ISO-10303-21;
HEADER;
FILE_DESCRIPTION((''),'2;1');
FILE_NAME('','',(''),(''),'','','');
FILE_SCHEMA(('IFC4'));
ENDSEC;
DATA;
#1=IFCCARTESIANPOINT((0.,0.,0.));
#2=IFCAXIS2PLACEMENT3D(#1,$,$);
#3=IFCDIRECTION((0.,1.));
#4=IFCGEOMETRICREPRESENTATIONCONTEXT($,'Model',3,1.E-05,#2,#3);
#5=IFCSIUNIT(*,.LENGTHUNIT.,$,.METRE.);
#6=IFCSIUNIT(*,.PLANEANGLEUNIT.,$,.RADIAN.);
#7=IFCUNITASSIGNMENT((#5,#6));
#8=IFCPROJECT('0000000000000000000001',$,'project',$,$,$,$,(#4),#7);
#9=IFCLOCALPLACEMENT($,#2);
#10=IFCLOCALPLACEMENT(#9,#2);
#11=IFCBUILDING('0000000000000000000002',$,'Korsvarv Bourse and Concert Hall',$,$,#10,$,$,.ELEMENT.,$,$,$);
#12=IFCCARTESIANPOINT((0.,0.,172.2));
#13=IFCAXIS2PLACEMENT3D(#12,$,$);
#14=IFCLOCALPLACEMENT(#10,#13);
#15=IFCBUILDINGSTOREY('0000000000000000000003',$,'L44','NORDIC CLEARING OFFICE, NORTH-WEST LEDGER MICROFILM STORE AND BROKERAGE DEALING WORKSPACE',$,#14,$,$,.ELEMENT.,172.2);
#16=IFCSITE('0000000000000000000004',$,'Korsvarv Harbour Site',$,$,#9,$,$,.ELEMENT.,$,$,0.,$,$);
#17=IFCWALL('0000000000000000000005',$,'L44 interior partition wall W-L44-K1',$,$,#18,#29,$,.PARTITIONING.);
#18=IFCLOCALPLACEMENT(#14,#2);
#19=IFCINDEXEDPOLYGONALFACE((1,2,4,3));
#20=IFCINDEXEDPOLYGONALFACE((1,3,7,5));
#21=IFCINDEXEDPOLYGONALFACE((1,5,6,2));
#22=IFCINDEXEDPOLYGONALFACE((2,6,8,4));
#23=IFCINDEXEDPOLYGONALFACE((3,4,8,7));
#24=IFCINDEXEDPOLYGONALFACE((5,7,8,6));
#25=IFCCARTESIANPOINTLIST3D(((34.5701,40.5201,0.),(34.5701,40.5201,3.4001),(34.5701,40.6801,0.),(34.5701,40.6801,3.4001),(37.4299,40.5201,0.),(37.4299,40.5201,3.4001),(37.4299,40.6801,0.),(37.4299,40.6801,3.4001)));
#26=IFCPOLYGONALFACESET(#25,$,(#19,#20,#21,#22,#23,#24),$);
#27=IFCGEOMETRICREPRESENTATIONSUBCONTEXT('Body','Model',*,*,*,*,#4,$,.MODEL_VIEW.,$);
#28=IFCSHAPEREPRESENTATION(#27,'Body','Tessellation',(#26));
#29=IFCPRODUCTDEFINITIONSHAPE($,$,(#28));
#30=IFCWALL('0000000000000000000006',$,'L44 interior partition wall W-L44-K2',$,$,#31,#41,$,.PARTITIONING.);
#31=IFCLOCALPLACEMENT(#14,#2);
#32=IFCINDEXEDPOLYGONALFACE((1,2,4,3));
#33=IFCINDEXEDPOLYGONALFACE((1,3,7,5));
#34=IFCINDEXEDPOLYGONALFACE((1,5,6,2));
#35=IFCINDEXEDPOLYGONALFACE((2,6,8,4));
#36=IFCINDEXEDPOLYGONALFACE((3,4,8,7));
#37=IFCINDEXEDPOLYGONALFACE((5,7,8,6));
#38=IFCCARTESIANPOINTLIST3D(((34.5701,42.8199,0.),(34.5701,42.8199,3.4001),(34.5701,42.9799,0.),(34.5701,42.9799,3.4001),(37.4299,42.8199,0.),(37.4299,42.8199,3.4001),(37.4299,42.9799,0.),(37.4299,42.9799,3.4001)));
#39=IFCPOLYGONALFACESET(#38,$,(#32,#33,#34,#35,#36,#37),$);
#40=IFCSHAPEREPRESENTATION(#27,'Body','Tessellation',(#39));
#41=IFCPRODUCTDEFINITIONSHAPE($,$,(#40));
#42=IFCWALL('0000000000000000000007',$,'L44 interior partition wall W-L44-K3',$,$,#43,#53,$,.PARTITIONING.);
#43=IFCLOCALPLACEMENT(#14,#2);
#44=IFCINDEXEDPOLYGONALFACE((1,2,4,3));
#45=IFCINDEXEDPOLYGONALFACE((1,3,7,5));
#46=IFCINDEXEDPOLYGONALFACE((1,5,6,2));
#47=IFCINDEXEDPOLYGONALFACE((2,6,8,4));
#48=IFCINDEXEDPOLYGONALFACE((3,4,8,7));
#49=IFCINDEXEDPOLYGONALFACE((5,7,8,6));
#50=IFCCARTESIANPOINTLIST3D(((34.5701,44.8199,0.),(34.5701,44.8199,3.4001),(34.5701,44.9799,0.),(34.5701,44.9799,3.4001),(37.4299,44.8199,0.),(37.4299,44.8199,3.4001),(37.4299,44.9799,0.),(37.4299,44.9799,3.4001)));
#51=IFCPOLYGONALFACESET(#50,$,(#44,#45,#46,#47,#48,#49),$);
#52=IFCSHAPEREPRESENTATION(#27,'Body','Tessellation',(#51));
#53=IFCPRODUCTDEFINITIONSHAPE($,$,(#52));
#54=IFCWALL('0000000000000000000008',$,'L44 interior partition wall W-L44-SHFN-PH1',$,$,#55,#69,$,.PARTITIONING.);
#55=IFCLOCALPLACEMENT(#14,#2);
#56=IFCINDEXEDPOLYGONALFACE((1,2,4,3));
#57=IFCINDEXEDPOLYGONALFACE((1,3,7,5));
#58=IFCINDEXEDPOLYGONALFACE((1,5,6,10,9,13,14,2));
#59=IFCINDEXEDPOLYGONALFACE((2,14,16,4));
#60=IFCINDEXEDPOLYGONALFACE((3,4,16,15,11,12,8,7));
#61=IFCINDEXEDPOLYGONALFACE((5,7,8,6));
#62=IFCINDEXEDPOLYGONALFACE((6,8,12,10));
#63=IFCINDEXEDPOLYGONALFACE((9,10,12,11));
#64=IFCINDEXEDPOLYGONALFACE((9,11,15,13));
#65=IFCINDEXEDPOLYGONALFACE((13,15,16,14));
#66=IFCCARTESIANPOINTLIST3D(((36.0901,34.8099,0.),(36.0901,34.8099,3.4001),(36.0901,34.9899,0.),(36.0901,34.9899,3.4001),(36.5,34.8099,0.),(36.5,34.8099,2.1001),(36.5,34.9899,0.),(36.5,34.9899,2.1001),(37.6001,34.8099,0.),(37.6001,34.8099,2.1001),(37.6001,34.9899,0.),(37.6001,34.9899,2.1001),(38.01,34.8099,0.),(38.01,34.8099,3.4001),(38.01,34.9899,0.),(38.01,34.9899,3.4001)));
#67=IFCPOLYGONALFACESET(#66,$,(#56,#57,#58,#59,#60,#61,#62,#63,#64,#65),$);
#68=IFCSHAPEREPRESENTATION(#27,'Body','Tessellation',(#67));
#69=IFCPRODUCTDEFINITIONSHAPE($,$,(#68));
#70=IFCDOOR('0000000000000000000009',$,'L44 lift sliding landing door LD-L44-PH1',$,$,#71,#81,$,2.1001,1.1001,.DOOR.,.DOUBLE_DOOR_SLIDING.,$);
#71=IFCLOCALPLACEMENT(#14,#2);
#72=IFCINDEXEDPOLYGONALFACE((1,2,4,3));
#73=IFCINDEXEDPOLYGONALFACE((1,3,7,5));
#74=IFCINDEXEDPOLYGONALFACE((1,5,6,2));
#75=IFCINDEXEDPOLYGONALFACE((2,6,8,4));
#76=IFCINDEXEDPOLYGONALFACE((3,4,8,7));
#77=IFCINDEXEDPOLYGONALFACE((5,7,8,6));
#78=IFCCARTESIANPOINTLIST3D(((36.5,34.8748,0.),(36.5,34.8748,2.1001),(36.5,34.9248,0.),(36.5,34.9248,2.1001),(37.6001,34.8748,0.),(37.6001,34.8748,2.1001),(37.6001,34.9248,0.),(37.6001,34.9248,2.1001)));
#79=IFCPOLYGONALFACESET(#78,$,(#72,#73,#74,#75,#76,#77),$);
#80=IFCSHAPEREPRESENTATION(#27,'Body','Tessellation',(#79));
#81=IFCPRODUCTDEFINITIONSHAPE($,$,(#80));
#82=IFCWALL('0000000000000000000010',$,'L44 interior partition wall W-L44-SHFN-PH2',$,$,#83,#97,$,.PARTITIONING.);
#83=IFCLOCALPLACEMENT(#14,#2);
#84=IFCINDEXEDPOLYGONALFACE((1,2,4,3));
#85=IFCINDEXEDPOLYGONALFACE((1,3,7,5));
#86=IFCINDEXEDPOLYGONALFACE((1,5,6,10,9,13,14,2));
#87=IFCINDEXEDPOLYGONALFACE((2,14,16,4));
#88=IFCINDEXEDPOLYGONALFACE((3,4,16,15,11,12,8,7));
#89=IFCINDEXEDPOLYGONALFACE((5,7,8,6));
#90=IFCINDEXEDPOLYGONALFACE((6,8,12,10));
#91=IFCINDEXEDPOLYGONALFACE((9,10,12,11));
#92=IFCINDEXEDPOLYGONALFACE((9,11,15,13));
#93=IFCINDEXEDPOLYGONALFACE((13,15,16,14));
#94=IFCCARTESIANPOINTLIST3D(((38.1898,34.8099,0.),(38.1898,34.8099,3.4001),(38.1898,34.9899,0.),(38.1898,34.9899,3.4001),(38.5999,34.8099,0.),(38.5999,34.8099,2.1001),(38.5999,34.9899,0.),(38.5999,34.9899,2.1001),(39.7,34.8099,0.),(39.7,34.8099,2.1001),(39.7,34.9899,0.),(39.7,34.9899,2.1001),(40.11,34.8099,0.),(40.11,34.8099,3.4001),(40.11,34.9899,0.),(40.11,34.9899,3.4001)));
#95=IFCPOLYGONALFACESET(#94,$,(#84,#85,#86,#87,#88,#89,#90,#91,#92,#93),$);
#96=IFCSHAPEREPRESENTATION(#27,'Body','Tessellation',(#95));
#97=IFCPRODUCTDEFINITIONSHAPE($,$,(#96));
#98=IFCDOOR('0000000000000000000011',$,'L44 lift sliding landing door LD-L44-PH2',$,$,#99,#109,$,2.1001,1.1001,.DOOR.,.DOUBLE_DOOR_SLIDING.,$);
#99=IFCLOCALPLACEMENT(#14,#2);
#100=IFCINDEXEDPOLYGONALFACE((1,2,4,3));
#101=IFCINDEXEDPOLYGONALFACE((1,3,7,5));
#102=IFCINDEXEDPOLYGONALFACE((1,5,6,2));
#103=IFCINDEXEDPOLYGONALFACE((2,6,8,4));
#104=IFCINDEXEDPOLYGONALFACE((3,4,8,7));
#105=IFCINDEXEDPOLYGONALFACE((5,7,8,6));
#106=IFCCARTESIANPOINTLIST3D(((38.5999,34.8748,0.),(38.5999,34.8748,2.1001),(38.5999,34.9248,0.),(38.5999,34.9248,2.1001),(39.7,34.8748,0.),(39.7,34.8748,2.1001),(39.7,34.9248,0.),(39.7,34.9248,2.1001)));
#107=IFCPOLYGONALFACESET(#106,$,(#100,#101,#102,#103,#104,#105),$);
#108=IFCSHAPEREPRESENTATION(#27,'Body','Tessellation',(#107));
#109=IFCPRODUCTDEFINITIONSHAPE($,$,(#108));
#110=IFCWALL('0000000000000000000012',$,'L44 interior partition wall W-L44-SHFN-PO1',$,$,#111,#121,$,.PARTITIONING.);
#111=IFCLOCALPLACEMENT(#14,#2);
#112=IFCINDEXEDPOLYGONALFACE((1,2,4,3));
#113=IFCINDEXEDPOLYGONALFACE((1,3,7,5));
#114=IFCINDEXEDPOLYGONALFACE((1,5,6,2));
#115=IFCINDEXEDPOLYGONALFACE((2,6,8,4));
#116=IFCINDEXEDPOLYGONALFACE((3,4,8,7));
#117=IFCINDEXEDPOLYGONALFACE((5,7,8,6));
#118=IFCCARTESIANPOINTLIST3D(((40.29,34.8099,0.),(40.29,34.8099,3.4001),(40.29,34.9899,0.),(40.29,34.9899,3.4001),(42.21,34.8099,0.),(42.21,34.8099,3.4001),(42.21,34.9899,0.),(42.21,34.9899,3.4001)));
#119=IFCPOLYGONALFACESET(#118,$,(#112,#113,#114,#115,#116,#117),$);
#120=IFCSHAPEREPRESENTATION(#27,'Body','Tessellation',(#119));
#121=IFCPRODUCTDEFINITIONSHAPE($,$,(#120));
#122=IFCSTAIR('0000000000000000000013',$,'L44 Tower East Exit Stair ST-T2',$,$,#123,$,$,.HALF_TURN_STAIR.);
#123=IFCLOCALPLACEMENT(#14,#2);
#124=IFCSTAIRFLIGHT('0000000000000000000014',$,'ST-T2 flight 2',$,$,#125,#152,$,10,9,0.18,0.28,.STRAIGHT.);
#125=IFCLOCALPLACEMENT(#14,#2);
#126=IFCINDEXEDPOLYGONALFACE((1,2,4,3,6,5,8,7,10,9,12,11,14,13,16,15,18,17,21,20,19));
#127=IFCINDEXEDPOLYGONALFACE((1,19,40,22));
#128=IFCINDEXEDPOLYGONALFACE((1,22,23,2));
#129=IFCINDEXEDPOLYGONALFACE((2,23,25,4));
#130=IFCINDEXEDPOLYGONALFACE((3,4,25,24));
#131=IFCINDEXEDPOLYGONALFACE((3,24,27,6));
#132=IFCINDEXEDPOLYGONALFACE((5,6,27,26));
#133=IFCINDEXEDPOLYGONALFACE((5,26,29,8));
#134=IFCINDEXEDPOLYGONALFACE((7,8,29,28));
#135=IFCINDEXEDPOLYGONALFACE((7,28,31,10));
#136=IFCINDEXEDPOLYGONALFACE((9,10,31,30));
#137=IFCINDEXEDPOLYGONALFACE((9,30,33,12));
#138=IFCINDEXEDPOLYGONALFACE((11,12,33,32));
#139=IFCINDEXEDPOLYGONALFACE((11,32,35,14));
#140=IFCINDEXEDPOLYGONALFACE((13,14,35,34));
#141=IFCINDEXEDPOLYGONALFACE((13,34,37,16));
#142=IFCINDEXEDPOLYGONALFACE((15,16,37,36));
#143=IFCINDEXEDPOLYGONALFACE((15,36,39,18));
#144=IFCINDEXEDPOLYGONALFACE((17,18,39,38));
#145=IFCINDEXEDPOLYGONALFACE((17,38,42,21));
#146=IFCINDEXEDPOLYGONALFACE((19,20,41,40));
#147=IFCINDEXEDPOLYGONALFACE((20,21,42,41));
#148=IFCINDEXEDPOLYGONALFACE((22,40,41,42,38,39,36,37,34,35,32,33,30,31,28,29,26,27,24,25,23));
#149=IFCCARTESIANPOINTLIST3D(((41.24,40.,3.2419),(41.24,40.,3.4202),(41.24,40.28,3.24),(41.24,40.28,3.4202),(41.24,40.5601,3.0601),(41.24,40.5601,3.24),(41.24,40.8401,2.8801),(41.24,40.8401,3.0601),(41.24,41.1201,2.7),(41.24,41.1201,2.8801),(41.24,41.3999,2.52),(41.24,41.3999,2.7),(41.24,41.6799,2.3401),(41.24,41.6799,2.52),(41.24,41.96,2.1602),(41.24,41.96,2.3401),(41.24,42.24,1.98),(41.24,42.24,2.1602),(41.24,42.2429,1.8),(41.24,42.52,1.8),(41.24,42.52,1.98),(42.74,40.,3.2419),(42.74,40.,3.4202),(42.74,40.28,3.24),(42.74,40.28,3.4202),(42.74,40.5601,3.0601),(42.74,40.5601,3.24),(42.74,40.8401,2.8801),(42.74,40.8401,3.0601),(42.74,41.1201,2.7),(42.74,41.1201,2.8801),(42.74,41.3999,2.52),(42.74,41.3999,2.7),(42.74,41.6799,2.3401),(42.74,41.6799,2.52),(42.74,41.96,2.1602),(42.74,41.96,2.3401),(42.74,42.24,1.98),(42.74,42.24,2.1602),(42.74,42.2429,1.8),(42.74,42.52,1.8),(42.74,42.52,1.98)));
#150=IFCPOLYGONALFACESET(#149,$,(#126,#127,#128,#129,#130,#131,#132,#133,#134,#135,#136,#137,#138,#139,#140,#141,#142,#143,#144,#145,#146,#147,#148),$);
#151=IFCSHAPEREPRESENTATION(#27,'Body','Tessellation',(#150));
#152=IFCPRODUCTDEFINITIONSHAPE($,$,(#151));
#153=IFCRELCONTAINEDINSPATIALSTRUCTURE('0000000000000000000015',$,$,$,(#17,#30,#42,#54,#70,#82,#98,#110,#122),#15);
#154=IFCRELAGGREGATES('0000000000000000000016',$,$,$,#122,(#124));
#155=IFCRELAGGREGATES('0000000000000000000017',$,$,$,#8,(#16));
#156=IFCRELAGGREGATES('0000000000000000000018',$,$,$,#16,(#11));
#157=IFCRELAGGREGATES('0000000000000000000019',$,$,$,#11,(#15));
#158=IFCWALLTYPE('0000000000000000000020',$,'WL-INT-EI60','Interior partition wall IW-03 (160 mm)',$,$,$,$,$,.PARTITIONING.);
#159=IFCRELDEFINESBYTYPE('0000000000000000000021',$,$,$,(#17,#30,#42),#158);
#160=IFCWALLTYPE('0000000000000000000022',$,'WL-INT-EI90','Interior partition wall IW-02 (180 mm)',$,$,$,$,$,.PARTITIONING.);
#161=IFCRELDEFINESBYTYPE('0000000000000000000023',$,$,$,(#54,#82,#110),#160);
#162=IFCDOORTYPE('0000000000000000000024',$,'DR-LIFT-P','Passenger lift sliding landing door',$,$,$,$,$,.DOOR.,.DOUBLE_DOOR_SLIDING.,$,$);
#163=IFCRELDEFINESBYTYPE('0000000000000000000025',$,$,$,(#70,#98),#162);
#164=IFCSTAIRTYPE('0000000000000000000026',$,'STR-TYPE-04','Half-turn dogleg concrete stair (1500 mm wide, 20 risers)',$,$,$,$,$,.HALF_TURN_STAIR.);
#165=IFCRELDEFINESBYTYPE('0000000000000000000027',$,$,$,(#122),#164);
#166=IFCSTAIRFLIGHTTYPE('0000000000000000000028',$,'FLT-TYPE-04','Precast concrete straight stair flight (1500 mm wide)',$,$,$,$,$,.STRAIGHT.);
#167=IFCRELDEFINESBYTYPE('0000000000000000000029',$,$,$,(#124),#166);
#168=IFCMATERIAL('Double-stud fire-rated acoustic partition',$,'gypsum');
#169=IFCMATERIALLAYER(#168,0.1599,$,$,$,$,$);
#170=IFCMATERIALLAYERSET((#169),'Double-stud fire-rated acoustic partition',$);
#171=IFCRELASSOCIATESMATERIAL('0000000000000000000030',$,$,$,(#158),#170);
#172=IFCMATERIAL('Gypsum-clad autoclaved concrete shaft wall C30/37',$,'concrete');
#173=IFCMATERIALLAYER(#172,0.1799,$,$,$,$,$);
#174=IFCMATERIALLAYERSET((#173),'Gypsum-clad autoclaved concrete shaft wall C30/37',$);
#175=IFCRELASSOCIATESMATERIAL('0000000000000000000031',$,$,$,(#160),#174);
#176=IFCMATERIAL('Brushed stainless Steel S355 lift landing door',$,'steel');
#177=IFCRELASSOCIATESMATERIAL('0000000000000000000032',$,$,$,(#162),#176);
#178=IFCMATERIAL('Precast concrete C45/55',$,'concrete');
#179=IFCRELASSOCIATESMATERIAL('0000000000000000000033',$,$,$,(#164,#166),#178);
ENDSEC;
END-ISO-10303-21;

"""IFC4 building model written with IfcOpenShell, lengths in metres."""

from ifc_helpers import new_model, si_unit, direction, frame, frame_2d, origin, place, context, subcontext, project, spatial, polyline, rectangle, outline, extrude, material, layer, layer_set, type_object, element, fill, aggregate, save


model = new_model("IFC4")

# Units and contexts
model_context = context("Model", 3, precision=1e-05, world=origin(), true_north=direction((0.0, 1.0)))
body_context = subcontext(model_context, "Body", "Model", "MODEL_VIEW")
ifc_project = project(units=[si_unit("LENGTHUNIT", "METRE"), si_unit("PLANEANGLEUNIT", "RADIAN")], contexts=[model_context])

# Site, building, storey
site_placement = place(None, origin())
site = spatial("IfcSite", under=ifc_project, at=site_placement, Name="Korsvarv Harbour Site", CompositionType="ELEMENT", RefElevation=0.0)
building_placement = place(site_placement, origin())
building = spatial("IfcBuilding", under=site, at=building_placement, Name="Korsvarv Bourse and Concert Hall", CompositionType="ELEMENT")
storey_placement = place(building_placement, frame((0.0, 0.0, 172.2)))
storey = spatial("IfcBuildingStorey", under=building, at=storey_placement, Name="L44", Description="NORDIC CLEARING OFFICE, NORTH-WEST LEDGER MICROFILM STORE AND BROKERAGE DEALING WORKSPACE", CompositionType="ELEMENT", Elevation=172.2)

# Walls
ifc_material_1 = material(Name="Double-stud fire-rated acoustic partition", Category="gypsum")
ifc_layer_1 = layer(ifc_material_1, 0.1599)
ifc_layer_set_1 = layer_set([ifc_layer_1], Name="Double-stud fire-rated acoustic partition")
wall_type_1 = type_object("IfcWallType", Name="WL-INT-EI60", Description="Interior partition wall IW-03 (160 mm)", PredefinedType="PARTITIONING", material=ifc_layer_set_1)
for number, where, z_axis, x_axis, name in (
    (1, (34.5701, 40.6001, 0.0), (0.0, 0.0, 1.0), (1.0, 0.0, 0.0), "L44 interior partition wall W-L44-K1"),
    (2, (34.5701, 42.8999, 0.0), (0.0, 0.0, 1.0), (1.0, 0.0, 0.0), "L44 interior partition wall W-L44-K2"),
    (3, (34.5701, 44.8999, 0.0), (0.0, 0.0, 1.0), (1.0, 0.0, 0.0), "L44 interior partition wall W-L44-K3"),
):
    element("IfcWall", number, at=place(storey_placement, frame(where, z_axis=z_axis, x_axis=x_axis)), inside=storey, type_object=wall_type_1, Name=name, PredefinedType="PARTITIONING", context=body_context, shape_type="SweptSolid", body=[
        extrude(rectangle(XDim=2.8599, YDim=0.1599, at=frame_2d((1.4299, 0.0))), origin(), (0.0, 0.0, 1.0), 3.4001),
    ])

# Walls, openings, doors
ifc_material_2 = material(Name="Gypsum-clad autoclaved concrete shaft wall C30/37", Category="concrete")
ifc_layer_2 = layer(ifc_material_2, 0.1799)
ifc_layer_set_2 = layer_set([ifc_layer_2], Name="Gypsum-clad autoclaved concrete shaft wall C30/37")
wall_type_2 = type_object("IfcWallType", Name="WL-INT-EI90", Description="Interior partition wall IW-02 (180 mm)", PredefinedType="PARTITIONING", material=ifc_layer_set_2)
wall_1_placement = place(storey_placement, frame((36.0901, 34.8999, 0.0), z_axis=(0.0, 0.0, 1.0), x_axis=(1.0, 0.0, 0.0)))
wall_1 = element("IfcWall", 4, at=wall_1_placement, inside=storey, type_object=wall_type_2, Name="L44 interior partition wall W-L44-SHFN-PH1", PredefinedType="PARTITIONING", context=body_context, shape_type="SweptSolid", body=[
    extrude(rectangle(XDim=1.9199, YDim=0.1799, at=frame_2d((0.96, 0.0))), origin(), (0.0, 0.0, 1.0), 3.4001),
])
opening_1_placement = place(wall_1_placement, frame((0.4099, 0.0, 0.0)))
opening_1 = element("IfcOpeningElement", 5, at=opening_1_placement, cuts=wall_1, PredefinedType="OPENING", context=body_context, shape_type="SweptSolid", body=[
    extrude(rectangle(XDim=1.1001, YDim=2.1001, at=frame_2d((0.55, 1.05))), frame((0.0, 0.1001, 0.0), z_axis=(0.0, -1.0, 0.0), x_axis=(1.0, 0.0, 0.0)), (0.0, 0.0, 1.0), 0.2),
])
ifc_material_3 = material(Name="Brushed stainless Steel S355 lift landing door", Category="steel")
door_type_1 = type_object("IfcDoorType", Name="DR-LIFT-P", Description="Passenger lift sliding landing door", OperationType="DOUBLE_DOOR_SLIDING", PredefinedType="DOOR", material=ifc_material_3)
door_1_placement = place(opening_1_placement, origin())
door_1 = element("IfcDoor", 6, at=door_1_placement, inside=storey, type_object=door_type_1, Name="L44 lift sliding landing door LD-L44-PH1", OperationType="DOUBLE_DOOR_SLIDING", OverallHeight=2.1001, OverallWidth=1.1001, PredefinedType="DOOR", context=body_context, shape_type="SweptSolid", body=[
    extrude(rectangle(XDim=1.1001, YDim=2.1001, at=frame_2d((0.55, 1.05))), frame((0.0, 0.0249, 0.0), z_axis=(0.0, -1.0, 0.0), x_axis=(1.0, 0.0, 0.0)), (0.0, 0.0, 1.0), 0.05),
])
fill(opening_1, door_1)
wall_2_placement = place(storey_placement, frame((38.1899, 34.8999, 0.0), z_axis=(0.0, 0.0, 1.0), x_axis=(1.0, 0.0, 0.0)))
wall_2 = element("IfcWall", 7, at=wall_2_placement, inside=storey, type_object=wall_type_2, Name="L44 interior partition wall W-L44-SHFN-PH2", PredefinedType="PARTITIONING", context=body_context, shape_type="SweptSolid", body=[
    extrude(rectangle(XDim=1.9202, YDim=0.1799, at=frame_2d((0.96, 0.0))), origin(), (0.0, 0.0, 1.0), 3.4001),
])
opening_2_placement = place(wall_2_placement, frame((0.4099, 0.0, 0.0)))
opening_2 = element("IfcOpeningElement", 8, at=opening_2_placement, cuts=wall_2, PredefinedType="OPENING", context=body_context, shape_type="SweptSolid", body=[
    extrude(rectangle(XDim=1.1001, YDim=2.1001, at=frame_2d((0.55, 1.05))), frame((0.0, 0.1001, 0.0), z_axis=(0.0, -1.0, 0.0), x_axis=(1.0, 0.0, 0.0)), (0.0, 0.0, 1.0), 0.2),
])
door_2_placement = place(opening_2_placement, origin())
door_2 = element("IfcDoor", 9, at=door_2_placement, inside=storey, type_object=door_type_1, Name="L44 lift sliding landing door LD-L44-PH2", OperationType="DOUBLE_DOOR_SLIDING", OverallHeight=2.1001, OverallWidth=1.1001, PredefinedType="DOOR", context=body_context, shape_type="SweptSolid", body=[
    extrude(rectangle(XDim=1.1001, YDim=2.1001, at=frame_2d((0.55, 1.05))), frame((0.0, 0.0249, 0.0), z_axis=(0.0, -1.0, 0.0), x_axis=(1.0, 0.0, 0.0)), (0.0, 0.0, 1.0), 0.05),
])
fill(opening_2, door_2)

# Wall
wall_3_placement = place(storey_placement, frame((40.29, 34.8999, 0.0), z_axis=(0.0, 0.0, 1.0), x_axis=(1.0, 0.0, 0.0)))
element("IfcWall", 10, at=wall_3_placement, inside=storey, type_object=wall_type_2, Name="L44 interior partition wall W-L44-SHFN-PO1", PredefinedType="PARTITIONING", context=body_context, shape_type="SweptSolid", body=[
    extrude(rectangle(XDim=1.9199, YDim=0.1799, at=frame_2d((0.96, 0.0))), origin(), (0.0, 0.0, 1.0), 3.4001),
])

# Stair, stair flight
ifc_material_4 = material(Name="Precast concrete C45/55", Category="concrete")
stair_type = type_object("IfcStairType", Name="STR-TYPE-04", Description="Half-turn dogleg concrete stair (1500 mm wide, 20 risers)", PredefinedType="HALF_TURN_STAIR", material=ifc_material_4)
stair_placement = place(storey_placement, origin())
stair = element("IfcStair", 11, at=stair_placement, inside=storey, type_object=stair_type, Name="L44 Tower East Exit Stair ST-T2", PredefinedType="HALF_TURN_STAIR")
stair_flight_type = type_object("IfcStairFlightType", Name="FLT-TYPE-04", Description="Precast concrete straight stair flight (1500 mm wide)", PredefinedType="STRAIGHT", material=ifc_material_4)
stair_flight_placement = place(storey_placement, frame((41.99, 42.52, 1.8), z_axis=(0.0, 0.0, 1.0), x_axis=(0.0, -1.0, 0.0)))
stair_flight = element("IfcStairFlight", 12, at=stair_flight_placement, type_object=stair_flight_type, Name="ST-T2 flight 2", NumberOfRisers=10, NumberOfTreads=9, PredefinedType="STRAIGHT", RiserHeight=0.18, TreadLength=0.28, context=body_context, shape_type="SweptSolid", body=[
    extrude(outline(polyline([(0.0, 0.0), (0.0, 0.1799), (0.28, 0.1799), (0.28, 0.3601), (0.5601, 0.3601), (0.5601, 0.54), (0.8401, 0.54), (0.8401, 0.72), (1.1201, 0.72), (1.1201, 0.8999), (1.3999, 0.8999), (1.3999, 1.0801), (1.6799, 1.0801), (1.6799, 1.26), (1.96, 1.26), (1.96, 1.4399), (2.24, 1.4399), (2.24, 1.6201), (2.52, 1.6201), (2.52, 1.8), (2.52, 1.4419), (0.2771, 0.0), (0.0, 0.0)])), frame((0.0, 0.75, 0.0), z_axis=(0.0, -1.0, 0.0), x_axis=(1.0, 0.0, 0.0)), (0.0, 0.0, 1.0), 1.5),
])
aggregate(stair, [stair_flight])

save(model, "model.ifc")
